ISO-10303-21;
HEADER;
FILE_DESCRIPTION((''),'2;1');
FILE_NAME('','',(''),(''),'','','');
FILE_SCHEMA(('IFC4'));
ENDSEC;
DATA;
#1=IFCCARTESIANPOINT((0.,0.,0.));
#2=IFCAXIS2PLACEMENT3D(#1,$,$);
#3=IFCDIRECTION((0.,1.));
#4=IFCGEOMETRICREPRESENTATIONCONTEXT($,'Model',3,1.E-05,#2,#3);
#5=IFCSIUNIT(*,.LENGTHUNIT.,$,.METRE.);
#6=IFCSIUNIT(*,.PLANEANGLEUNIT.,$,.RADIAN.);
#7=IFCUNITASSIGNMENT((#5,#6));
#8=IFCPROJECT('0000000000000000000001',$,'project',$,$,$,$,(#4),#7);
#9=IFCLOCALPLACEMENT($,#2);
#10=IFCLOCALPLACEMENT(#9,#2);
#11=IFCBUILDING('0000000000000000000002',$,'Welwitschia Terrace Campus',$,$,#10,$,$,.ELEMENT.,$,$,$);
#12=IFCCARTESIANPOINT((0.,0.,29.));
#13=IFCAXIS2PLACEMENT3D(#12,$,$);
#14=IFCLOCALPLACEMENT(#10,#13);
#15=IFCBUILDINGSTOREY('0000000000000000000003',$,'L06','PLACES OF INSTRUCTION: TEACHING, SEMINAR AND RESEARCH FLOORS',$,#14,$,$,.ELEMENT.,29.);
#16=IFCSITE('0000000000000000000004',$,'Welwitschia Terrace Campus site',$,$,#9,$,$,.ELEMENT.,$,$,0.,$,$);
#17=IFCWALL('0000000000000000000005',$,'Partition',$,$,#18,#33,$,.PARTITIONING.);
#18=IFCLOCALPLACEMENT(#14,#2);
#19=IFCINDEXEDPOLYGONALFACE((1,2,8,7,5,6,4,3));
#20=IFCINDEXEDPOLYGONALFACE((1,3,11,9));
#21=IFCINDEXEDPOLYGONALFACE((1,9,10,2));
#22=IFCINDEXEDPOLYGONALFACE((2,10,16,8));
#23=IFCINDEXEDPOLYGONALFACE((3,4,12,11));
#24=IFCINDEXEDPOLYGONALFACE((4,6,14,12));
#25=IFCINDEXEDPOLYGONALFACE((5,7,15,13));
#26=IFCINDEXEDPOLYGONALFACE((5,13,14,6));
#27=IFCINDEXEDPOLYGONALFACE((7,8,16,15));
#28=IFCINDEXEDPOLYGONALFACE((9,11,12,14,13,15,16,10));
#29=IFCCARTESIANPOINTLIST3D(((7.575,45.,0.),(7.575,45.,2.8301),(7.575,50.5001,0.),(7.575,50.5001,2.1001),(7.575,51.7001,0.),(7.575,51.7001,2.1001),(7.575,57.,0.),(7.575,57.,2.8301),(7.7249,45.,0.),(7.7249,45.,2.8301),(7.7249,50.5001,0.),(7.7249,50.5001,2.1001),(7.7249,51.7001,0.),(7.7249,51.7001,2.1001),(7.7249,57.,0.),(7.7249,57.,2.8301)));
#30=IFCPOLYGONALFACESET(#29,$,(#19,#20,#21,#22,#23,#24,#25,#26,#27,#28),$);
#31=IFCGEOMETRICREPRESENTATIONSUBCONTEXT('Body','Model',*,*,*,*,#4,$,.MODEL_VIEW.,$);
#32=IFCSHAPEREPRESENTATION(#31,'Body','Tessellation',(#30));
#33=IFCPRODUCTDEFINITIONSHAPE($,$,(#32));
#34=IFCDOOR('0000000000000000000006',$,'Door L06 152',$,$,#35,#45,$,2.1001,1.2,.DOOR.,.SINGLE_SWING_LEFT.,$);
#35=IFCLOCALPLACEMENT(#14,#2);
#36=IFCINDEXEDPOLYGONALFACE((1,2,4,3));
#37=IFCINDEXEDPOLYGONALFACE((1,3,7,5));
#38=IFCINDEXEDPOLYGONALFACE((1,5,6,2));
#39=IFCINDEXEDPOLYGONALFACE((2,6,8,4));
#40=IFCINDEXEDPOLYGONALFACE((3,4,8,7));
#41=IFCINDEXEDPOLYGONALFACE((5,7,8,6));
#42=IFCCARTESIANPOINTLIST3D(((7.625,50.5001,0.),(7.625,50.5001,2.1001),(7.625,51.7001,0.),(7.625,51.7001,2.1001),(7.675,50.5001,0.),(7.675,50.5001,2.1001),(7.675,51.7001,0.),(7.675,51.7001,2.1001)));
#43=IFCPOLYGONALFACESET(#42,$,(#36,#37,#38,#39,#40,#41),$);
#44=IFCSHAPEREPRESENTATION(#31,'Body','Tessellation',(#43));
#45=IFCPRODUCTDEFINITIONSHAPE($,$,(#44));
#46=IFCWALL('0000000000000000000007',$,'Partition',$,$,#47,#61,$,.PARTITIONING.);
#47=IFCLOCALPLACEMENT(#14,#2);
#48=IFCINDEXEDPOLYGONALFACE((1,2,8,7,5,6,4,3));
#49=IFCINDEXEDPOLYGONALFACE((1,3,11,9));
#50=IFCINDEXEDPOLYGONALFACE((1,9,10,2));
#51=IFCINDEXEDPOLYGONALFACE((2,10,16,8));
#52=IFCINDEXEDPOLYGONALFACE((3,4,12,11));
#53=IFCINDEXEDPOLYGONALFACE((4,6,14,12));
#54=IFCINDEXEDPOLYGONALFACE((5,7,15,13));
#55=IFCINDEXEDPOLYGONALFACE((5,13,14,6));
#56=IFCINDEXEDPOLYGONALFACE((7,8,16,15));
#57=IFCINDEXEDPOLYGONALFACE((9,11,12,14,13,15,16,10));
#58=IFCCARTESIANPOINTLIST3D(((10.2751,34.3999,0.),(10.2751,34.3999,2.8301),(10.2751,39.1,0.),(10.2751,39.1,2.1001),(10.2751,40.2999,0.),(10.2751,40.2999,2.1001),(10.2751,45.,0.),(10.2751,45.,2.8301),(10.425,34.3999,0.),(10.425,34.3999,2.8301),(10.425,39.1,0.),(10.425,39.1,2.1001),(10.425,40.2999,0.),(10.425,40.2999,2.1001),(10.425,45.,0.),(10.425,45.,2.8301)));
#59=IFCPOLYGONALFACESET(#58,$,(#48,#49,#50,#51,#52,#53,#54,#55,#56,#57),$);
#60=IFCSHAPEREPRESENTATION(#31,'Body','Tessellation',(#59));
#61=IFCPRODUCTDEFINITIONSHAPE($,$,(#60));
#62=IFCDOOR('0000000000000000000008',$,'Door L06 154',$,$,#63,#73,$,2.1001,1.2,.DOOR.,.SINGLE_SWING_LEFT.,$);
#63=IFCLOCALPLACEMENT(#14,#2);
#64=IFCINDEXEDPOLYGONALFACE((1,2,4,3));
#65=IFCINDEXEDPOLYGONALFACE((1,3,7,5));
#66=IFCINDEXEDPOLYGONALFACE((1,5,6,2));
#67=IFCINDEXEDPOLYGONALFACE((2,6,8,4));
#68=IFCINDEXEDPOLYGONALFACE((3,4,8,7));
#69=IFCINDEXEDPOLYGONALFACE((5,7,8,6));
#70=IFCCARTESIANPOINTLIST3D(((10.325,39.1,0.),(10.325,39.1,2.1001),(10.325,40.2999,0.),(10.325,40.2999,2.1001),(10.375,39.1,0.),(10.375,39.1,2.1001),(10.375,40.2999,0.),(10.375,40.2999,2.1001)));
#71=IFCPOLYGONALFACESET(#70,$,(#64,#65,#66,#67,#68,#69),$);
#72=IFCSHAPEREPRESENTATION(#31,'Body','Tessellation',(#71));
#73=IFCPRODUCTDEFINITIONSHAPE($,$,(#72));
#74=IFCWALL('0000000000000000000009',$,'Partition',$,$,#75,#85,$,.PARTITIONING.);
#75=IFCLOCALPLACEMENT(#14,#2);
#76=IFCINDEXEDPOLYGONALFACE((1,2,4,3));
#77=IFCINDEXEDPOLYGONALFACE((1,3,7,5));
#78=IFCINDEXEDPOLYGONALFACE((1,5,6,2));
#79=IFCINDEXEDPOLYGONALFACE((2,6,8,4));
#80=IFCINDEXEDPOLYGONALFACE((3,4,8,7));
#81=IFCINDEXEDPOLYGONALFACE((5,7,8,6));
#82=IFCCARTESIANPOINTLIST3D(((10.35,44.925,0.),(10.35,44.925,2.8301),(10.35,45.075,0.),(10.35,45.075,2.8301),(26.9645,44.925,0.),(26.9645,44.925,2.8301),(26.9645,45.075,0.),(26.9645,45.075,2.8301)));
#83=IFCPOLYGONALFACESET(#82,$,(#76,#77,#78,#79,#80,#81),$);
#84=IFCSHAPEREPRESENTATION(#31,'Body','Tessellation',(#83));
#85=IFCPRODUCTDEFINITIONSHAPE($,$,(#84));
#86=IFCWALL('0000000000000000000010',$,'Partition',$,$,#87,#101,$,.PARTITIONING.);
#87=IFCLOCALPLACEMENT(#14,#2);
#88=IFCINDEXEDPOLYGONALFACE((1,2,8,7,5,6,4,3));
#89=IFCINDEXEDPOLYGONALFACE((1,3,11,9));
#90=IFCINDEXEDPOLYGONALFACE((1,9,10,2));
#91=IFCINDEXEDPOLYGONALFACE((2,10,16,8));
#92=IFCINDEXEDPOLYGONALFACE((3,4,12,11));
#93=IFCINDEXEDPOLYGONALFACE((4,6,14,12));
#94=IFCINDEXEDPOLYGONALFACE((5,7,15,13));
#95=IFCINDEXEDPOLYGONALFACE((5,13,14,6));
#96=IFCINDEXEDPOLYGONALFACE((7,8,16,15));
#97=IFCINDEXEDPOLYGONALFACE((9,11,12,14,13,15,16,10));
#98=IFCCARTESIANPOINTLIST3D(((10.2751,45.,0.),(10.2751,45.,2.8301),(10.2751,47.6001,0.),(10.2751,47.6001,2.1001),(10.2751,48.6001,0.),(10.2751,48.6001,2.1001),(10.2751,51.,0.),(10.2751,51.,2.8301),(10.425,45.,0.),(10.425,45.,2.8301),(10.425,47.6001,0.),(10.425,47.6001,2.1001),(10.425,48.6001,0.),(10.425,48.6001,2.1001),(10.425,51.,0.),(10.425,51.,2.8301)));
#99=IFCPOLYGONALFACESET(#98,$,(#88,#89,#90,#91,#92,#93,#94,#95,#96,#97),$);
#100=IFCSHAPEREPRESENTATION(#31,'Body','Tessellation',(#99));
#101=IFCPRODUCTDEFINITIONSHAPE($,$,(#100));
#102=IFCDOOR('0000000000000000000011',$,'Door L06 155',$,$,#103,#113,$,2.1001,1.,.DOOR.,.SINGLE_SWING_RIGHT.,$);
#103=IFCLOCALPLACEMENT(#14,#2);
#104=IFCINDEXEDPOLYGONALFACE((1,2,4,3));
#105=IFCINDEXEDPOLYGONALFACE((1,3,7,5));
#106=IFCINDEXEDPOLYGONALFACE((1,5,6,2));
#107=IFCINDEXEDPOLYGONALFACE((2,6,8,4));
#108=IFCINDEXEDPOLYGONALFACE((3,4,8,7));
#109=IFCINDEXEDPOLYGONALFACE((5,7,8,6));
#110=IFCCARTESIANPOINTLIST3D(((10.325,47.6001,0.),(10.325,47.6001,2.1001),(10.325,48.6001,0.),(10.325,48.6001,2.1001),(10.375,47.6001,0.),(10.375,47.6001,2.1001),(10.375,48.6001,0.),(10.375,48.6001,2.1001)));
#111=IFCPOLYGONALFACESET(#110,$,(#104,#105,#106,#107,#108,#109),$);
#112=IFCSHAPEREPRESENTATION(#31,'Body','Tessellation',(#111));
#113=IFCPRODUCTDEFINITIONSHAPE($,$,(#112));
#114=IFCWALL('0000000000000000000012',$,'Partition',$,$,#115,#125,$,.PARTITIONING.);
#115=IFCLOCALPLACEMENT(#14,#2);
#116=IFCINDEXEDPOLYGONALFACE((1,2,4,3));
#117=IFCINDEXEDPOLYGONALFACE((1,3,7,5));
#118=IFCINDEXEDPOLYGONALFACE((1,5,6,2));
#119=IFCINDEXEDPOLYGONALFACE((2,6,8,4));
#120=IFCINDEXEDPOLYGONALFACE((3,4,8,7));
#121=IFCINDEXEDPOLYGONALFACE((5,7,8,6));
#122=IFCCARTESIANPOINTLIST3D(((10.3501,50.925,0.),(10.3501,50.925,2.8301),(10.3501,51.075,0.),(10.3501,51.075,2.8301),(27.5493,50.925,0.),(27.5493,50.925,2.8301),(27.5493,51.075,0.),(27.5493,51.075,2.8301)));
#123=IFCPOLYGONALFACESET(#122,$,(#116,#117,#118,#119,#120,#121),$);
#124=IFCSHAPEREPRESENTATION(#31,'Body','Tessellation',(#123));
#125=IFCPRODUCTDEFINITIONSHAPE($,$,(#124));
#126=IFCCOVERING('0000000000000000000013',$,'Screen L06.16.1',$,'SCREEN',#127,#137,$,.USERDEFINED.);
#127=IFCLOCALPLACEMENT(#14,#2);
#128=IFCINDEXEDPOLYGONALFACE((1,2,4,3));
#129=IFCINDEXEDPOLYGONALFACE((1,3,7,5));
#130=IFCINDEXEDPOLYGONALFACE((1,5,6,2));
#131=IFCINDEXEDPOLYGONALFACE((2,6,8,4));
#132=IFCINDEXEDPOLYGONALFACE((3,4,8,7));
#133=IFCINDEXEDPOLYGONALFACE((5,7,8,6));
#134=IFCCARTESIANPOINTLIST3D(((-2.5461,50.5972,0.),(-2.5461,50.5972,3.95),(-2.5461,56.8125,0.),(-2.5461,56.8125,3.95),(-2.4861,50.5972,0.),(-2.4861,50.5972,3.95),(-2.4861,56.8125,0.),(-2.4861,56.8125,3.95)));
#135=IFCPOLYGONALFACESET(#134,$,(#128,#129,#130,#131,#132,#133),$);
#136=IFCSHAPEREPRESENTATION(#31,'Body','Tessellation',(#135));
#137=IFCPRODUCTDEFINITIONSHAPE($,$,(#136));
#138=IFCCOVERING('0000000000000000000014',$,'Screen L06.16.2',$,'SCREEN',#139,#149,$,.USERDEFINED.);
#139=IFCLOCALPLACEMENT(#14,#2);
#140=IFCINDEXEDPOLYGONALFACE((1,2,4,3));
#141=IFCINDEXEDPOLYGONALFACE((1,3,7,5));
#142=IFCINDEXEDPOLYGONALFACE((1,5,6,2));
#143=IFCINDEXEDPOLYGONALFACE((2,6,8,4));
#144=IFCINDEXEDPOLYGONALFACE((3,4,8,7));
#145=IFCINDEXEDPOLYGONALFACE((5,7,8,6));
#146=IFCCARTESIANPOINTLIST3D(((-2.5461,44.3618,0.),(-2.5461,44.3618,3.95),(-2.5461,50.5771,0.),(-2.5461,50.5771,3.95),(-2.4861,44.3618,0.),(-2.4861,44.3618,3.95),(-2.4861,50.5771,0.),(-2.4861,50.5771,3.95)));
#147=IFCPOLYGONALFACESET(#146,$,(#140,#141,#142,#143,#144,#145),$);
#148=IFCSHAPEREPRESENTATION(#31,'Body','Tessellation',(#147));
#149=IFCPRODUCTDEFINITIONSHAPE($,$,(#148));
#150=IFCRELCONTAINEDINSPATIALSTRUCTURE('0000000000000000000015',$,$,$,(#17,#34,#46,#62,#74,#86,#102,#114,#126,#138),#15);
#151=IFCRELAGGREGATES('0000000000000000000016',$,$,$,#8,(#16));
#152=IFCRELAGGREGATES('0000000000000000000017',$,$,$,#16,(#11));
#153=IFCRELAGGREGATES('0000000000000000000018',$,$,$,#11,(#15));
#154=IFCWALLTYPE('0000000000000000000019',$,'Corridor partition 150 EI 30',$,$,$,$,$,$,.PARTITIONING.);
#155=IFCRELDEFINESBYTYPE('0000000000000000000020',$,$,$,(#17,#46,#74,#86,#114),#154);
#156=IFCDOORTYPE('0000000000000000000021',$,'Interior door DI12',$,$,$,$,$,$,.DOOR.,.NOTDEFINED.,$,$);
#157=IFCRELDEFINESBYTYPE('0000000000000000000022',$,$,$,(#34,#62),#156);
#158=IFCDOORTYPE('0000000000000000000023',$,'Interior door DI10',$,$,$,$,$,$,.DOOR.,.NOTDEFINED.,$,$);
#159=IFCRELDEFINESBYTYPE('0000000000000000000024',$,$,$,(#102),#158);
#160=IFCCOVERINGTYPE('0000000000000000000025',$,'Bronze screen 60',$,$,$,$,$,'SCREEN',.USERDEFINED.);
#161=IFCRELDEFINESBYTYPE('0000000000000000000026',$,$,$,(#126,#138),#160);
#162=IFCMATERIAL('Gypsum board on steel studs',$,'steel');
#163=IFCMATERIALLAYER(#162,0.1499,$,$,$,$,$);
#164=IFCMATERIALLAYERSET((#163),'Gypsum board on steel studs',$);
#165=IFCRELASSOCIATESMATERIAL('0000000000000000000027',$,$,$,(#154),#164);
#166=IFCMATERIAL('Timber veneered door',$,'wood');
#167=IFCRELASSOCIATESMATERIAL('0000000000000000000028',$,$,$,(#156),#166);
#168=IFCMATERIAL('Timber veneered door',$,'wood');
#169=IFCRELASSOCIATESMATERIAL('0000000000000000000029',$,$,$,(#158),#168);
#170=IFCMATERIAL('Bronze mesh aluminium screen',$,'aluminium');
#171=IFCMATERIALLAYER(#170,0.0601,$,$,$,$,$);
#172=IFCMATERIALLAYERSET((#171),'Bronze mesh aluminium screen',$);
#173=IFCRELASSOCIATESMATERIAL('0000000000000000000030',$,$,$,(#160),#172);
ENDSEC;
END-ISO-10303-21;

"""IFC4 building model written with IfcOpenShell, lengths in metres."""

from ifc_helpers import new_model, si_unit, direction, frame, frame_2d, origin, origin_2d, place, context, subcontext, project, spatial, rectangle, extrude, material, layer, layer_set, type_object, element, fill, save


model = new_model("IFC4")

# Units and contexts
model_context = context("Model", 3, precision=1e-05, world=origin(), true_north=direction((0.0, 1.0)))
body_context = subcontext(model_context, "Body", "Model", "MODEL_VIEW")
ifc_project = project(units=[si_unit("LENGTHUNIT", "METRE"), si_unit("PLANEANGLEUNIT", "RADIAN")], contexts=[model_context])

# Site, building, storey
site_placement = place(None, origin())
site = spatial("IfcSite", under=ifc_project, at=site_placement, Name="Welwitschia Terrace Campus site", CompositionType="ELEMENT", RefElevation=0.0)
building_placement = place(site_placement, origin())
building = spatial("IfcBuilding", under=site, at=building_placement, Name="Welwitschia Terrace Campus", CompositionType="ELEMENT")
storey_placement = place(building_placement, frame((0.0, 0.0, 29.0)))
storey = spatial("IfcBuildingStorey", under=building, at=storey_placement, Name="L06", Description="PLACES OF INSTRUCTION: TEACHING, SEMINAR AND RESEARCH FLOORS", CompositionType="ELEMENT", Elevation=29.0)

# Shared definitions
ifc_material_1 = material(Name="Gypsum board on steel studs", Category="steel")
ifc_layer_1 = layer(ifc_material_1, 0.1499)
ifc_layer_set_1 = layer_set([ifc_layer_1], Name="Gypsum board on steel studs")
wall_type = type_object("IfcWallType", Name="Corridor partition 150 EI 30", PredefinedType="PARTITIONING", material=ifc_layer_set_1)

# Walls, openings, doors
wall_1_placement = place(storey_placement, frame((7.6499, 45.0, 0.0), z_axis=(0.0, 0.0, 1.0), x_axis=(0.0, 1.0, 0.0)))
wall_1 = element("IfcWall", 1, at=wall_1_placement, inside=storey, type_object=wall_type, Name="Partition", PredefinedType="PARTITIONING", context=body_context, shape_type="SweptSolid", body=[
    extrude(rectangle(XDim=12.0, YDim=0.1499, at=frame_2d((6.0, 0.0))), origin(), (0.0, 0.0, 1.0), 2.8301),
])
opening_1_placement = place(wall_1_placement, frame((5.5, 0.0, 0.0)))
opening_1 = element("IfcOpeningElement", 2, at=opening_1_placement, cuts=wall_1, PredefinedType="OPENING", context=body_context, shape_type="SweptSolid", body=[
    extrude(rectangle(XDim=1.2, YDim=2.1001, at=frame_2d((0.6001, 1.05))), frame((0.0, 0.085, 0.0), z_axis=(0.0, -1.0, 0.0), x_axis=(1.0, 0.0, 0.0)), (0.0, 0.0, 1.0), 0.1699),
])
ifc_material_2 = material(Name="Timber veneered door", Category="wood")
door_type_1 = type_object("IfcDoorType", Name="Interior door DI12", OperationType="NOTDEFINED", PredefinedType="DOOR", material=ifc_material_2)
door_1_placement = place(opening_1_placement, origin())
door_1 = element("IfcDoor", 3, at=door_1_placement, inside=storey, type_object=door_type_1, Name="Door L06 152", OperationType="SINGLE_SWING_LEFT", OverallHeight=2.1001, OverallWidth=1.2, PredefinedType="DOOR", context=body_context, shape_type="SweptSolid", body=[
    extrude(rectangle(XDim=1.2, YDim=2.1001, at=frame_2d((0.6001, 1.05))), frame((0.0, 0.0249, 0.0), z_axis=(0.0, -1.0, 0.0), x_axis=(1.0, 0.0, 0.0)), (0.0, 0.0, 1.0), 0.05),
])
fill(opening_1, door_1)
wall_2_placement = place(storey_placement, frame((10.3501, 45.0, 0.0), z_axis=(0.0, 0.0, 1.0), x_axis=(0.0, -1.0, 0.0)))
wall_2 = element("IfcWall", 4, at=wall_2_placement, inside=storey, type_object=wall_type, Name="Partition", PredefinedType="PARTITIONING", context=body_context, shape_type="SweptSolid", body=[
    extrude(rectangle(XDim=10.6001, YDim=0.1499, at=frame_2d((5.3, 0.0))), origin(), (0.0, 0.0, 1.0), 2.8301),
])
opening_2_placement = place(wall_2_placement, frame((4.7, 0.0, 0.0)))
opening_2 = element("IfcOpeningElement", 5, at=opening_2_placement, cuts=wall_2, PredefinedType="OPENING", context=body_context, shape_type="SweptSolid", body=[
    extrude(rectangle(XDim=1.2, YDim=2.1001, at=frame_2d((0.6001, 1.05))), frame((0.0, 0.085, 0.0), z_axis=(0.0, -1.0, 0.0), x_axis=(1.0, 0.0, 0.0)), (0.0, 0.0, 1.0), 0.1699),
])
door_2_placement = place(opening_2_placement, origin())
door_2 = element("IfcDoor", 6, at=door_2_placement, inside=storey, type_object=door_type_1, Name="Door L06 154", OperationType="SINGLE_SWING_LEFT", OverallHeight=2.1001, OverallWidth=1.2, PredefinedType="DOOR", context=body_context, shape_type="SweptSolid", body=[
    extrude(rectangle(XDim=1.2, YDim=2.1001, at=frame_2d((0.6001, 1.05))), frame((0.0, 0.0249, 0.0), z_axis=(0.0, -1.0, 0.0), x_axis=(1.0, 0.0, 0.0)), (0.0, 0.0, 1.0), 0.05),
])
fill(opening_2, door_2)

# Wall
wall_3_placement = place(storey_placement, frame((10.3501, 45.0, 0.0), z_axis=(0.0, 0.0, 1.0), x_axis=(1.0, 0.0, 0.0)))
element("IfcWall", 7, at=wall_3_placement, inside=storey, type_object=wall_type, Name="Partition", PredefinedType="PARTITIONING", context=body_context, shape_type="SweptSolid", body=[
    extrude(rectangle(XDim=16.6145, YDim=0.1499, at=frame_2d((8.3071, 0.0))), origin(), (0.0, 0.0, 1.0), 2.8301),
])

# Wall, opening, door
wall_4_placement = place(storey_placement, frame((10.3501, 51.0, 0.0), z_axis=(0.0, 0.0, 1.0), x_axis=(0.0, -1.0, 0.0)))
wall_4 = element("IfcWall", 8, at=wall_4_placement, inside=storey, type_object=wall_type, Name="Partition", PredefinedType="PARTITIONING", context=body_context, shape_type="SweptSolid", body=[
    extrude(rectangle(XDim=6.0, YDim=0.1499, at=frame_2d((3.0, 0.0))), origin(), (0.0, 0.0, 1.0), 2.8301),
])
opening_3_placement = place(wall_4_placement, frame((2.3999, 0.0, 0.0)))
opening_3 = element("IfcOpeningElement", 9, at=opening_3_placement, cuts=wall_4, PredefinedType="OPENING", context=body_context, shape_type="SweptSolid", body=[
    extrude(rectangle(XDim=1.0, YDim=2.1001, at=frame_2d((0.5, 1.05))), frame((0.0, 0.085, 0.0), z_axis=(0.0, -1.0, 0.0), x_axis=(1.0, 0.0, 0.0)), (0.0, 0.0, 1.0), 0.1699),
])
ifc_material_3 = material(Name="Timber veneered door", Category="wood")
door_type_2 = type_object("IfcDoorType", Name="Interior door DI10", OperationType="NOTDEFINED", PredefinedType="DOOR", material=ifc_material_3)
door_3_placement = place(opening_3_placement, origin())
door_3 = element("IfcDoor", 10, at=door_3_placement, inside=storey, type_object=door_type_2, Name="Door L06 155", OperationType="SINGLE_SWING_RIGHT", OverallHeight=2.1001, OverallWidth=1.0, PredefinedType="DOOR", context=body_context, shape_type="SweptSolid", body=[
    extrude(rectangle(XDim=1.0, YDim=2.1001, at=frame_2d((0.5, 1.05))), frame((0.0, 0.0249, 0.0), z_axis=(0.0, -1.0, 0.0), x_axis=(1.0, 0.0, 0.0)), (0.0, 0.0, 1.0), 0.05),
])
fill(opening_3, door_3)

# Wall
wall_5_placement = place(storey_placement, frame((10.3501, 51.0, 0.0), z_axis=(0.0, 0.0, 1.0), x_axis=(1.0, 0.0, 0.0)))
element("IfcWall", 11, at=wall_5_placement, inside=storey, type_object=wall_type, Name="Partition", PredefinedType="PARTITIONING", context=body_context, shape_type="SweptSolid", body=[
    extrude(rectangle(XDim=17.1992, YDim=0.1499, at=frame_2d((8.5996, 0.0))), origin(), (0.0, 0.0, 1.0), 2.8301),
])

# Coverings
ifc_material_4 = material(Name="Bronze mesh aluminium screen", Category="aluminium")
ifc_layer_2 = layer(ifc_material_4, 0.0601)
ifc_layer_set_2 = layer_set([ifc_layer_2], Name="Bronze mesh aluminium screen")
covering_type = type_object("IfcCoveringType", Name="Bronze screen 60", ElementType="SCREEN", PredefinedType="USERDEFINED", material=ifc_layer_set_2)
for number, where, z_axis, x_axis, name in (
    (12, (-2.5161, 53.7048, 0.0), (0.0, 0.0, 1.0), (0.0, -1.0, 0.0), "Screen L06.16.1"),
    (13, (-2.5161, 47.4695, 0.0), (0.0, 0.0, 1.0), (0.0, -1.0, 0.0), "Screen L06.16.2"),
):
    element("IfcCovering", number, at=place(storey_placement, frame(where, z_axis=z_axis, x_axis=x_axis)), inside=storey, type_object=covering_type, Name=name, ObjectType="SCREEN", PredefinedType="USERDEFINED", context=body_context, shape_type="SweptSolid", body=[
        extrude(rectangle(XDim=6.2153, YDim=0.0601, at=origin_2d()), origin(), (0.0, 0.0, 1.0), 3.95),
    ])

save(model, "model.ifc")
